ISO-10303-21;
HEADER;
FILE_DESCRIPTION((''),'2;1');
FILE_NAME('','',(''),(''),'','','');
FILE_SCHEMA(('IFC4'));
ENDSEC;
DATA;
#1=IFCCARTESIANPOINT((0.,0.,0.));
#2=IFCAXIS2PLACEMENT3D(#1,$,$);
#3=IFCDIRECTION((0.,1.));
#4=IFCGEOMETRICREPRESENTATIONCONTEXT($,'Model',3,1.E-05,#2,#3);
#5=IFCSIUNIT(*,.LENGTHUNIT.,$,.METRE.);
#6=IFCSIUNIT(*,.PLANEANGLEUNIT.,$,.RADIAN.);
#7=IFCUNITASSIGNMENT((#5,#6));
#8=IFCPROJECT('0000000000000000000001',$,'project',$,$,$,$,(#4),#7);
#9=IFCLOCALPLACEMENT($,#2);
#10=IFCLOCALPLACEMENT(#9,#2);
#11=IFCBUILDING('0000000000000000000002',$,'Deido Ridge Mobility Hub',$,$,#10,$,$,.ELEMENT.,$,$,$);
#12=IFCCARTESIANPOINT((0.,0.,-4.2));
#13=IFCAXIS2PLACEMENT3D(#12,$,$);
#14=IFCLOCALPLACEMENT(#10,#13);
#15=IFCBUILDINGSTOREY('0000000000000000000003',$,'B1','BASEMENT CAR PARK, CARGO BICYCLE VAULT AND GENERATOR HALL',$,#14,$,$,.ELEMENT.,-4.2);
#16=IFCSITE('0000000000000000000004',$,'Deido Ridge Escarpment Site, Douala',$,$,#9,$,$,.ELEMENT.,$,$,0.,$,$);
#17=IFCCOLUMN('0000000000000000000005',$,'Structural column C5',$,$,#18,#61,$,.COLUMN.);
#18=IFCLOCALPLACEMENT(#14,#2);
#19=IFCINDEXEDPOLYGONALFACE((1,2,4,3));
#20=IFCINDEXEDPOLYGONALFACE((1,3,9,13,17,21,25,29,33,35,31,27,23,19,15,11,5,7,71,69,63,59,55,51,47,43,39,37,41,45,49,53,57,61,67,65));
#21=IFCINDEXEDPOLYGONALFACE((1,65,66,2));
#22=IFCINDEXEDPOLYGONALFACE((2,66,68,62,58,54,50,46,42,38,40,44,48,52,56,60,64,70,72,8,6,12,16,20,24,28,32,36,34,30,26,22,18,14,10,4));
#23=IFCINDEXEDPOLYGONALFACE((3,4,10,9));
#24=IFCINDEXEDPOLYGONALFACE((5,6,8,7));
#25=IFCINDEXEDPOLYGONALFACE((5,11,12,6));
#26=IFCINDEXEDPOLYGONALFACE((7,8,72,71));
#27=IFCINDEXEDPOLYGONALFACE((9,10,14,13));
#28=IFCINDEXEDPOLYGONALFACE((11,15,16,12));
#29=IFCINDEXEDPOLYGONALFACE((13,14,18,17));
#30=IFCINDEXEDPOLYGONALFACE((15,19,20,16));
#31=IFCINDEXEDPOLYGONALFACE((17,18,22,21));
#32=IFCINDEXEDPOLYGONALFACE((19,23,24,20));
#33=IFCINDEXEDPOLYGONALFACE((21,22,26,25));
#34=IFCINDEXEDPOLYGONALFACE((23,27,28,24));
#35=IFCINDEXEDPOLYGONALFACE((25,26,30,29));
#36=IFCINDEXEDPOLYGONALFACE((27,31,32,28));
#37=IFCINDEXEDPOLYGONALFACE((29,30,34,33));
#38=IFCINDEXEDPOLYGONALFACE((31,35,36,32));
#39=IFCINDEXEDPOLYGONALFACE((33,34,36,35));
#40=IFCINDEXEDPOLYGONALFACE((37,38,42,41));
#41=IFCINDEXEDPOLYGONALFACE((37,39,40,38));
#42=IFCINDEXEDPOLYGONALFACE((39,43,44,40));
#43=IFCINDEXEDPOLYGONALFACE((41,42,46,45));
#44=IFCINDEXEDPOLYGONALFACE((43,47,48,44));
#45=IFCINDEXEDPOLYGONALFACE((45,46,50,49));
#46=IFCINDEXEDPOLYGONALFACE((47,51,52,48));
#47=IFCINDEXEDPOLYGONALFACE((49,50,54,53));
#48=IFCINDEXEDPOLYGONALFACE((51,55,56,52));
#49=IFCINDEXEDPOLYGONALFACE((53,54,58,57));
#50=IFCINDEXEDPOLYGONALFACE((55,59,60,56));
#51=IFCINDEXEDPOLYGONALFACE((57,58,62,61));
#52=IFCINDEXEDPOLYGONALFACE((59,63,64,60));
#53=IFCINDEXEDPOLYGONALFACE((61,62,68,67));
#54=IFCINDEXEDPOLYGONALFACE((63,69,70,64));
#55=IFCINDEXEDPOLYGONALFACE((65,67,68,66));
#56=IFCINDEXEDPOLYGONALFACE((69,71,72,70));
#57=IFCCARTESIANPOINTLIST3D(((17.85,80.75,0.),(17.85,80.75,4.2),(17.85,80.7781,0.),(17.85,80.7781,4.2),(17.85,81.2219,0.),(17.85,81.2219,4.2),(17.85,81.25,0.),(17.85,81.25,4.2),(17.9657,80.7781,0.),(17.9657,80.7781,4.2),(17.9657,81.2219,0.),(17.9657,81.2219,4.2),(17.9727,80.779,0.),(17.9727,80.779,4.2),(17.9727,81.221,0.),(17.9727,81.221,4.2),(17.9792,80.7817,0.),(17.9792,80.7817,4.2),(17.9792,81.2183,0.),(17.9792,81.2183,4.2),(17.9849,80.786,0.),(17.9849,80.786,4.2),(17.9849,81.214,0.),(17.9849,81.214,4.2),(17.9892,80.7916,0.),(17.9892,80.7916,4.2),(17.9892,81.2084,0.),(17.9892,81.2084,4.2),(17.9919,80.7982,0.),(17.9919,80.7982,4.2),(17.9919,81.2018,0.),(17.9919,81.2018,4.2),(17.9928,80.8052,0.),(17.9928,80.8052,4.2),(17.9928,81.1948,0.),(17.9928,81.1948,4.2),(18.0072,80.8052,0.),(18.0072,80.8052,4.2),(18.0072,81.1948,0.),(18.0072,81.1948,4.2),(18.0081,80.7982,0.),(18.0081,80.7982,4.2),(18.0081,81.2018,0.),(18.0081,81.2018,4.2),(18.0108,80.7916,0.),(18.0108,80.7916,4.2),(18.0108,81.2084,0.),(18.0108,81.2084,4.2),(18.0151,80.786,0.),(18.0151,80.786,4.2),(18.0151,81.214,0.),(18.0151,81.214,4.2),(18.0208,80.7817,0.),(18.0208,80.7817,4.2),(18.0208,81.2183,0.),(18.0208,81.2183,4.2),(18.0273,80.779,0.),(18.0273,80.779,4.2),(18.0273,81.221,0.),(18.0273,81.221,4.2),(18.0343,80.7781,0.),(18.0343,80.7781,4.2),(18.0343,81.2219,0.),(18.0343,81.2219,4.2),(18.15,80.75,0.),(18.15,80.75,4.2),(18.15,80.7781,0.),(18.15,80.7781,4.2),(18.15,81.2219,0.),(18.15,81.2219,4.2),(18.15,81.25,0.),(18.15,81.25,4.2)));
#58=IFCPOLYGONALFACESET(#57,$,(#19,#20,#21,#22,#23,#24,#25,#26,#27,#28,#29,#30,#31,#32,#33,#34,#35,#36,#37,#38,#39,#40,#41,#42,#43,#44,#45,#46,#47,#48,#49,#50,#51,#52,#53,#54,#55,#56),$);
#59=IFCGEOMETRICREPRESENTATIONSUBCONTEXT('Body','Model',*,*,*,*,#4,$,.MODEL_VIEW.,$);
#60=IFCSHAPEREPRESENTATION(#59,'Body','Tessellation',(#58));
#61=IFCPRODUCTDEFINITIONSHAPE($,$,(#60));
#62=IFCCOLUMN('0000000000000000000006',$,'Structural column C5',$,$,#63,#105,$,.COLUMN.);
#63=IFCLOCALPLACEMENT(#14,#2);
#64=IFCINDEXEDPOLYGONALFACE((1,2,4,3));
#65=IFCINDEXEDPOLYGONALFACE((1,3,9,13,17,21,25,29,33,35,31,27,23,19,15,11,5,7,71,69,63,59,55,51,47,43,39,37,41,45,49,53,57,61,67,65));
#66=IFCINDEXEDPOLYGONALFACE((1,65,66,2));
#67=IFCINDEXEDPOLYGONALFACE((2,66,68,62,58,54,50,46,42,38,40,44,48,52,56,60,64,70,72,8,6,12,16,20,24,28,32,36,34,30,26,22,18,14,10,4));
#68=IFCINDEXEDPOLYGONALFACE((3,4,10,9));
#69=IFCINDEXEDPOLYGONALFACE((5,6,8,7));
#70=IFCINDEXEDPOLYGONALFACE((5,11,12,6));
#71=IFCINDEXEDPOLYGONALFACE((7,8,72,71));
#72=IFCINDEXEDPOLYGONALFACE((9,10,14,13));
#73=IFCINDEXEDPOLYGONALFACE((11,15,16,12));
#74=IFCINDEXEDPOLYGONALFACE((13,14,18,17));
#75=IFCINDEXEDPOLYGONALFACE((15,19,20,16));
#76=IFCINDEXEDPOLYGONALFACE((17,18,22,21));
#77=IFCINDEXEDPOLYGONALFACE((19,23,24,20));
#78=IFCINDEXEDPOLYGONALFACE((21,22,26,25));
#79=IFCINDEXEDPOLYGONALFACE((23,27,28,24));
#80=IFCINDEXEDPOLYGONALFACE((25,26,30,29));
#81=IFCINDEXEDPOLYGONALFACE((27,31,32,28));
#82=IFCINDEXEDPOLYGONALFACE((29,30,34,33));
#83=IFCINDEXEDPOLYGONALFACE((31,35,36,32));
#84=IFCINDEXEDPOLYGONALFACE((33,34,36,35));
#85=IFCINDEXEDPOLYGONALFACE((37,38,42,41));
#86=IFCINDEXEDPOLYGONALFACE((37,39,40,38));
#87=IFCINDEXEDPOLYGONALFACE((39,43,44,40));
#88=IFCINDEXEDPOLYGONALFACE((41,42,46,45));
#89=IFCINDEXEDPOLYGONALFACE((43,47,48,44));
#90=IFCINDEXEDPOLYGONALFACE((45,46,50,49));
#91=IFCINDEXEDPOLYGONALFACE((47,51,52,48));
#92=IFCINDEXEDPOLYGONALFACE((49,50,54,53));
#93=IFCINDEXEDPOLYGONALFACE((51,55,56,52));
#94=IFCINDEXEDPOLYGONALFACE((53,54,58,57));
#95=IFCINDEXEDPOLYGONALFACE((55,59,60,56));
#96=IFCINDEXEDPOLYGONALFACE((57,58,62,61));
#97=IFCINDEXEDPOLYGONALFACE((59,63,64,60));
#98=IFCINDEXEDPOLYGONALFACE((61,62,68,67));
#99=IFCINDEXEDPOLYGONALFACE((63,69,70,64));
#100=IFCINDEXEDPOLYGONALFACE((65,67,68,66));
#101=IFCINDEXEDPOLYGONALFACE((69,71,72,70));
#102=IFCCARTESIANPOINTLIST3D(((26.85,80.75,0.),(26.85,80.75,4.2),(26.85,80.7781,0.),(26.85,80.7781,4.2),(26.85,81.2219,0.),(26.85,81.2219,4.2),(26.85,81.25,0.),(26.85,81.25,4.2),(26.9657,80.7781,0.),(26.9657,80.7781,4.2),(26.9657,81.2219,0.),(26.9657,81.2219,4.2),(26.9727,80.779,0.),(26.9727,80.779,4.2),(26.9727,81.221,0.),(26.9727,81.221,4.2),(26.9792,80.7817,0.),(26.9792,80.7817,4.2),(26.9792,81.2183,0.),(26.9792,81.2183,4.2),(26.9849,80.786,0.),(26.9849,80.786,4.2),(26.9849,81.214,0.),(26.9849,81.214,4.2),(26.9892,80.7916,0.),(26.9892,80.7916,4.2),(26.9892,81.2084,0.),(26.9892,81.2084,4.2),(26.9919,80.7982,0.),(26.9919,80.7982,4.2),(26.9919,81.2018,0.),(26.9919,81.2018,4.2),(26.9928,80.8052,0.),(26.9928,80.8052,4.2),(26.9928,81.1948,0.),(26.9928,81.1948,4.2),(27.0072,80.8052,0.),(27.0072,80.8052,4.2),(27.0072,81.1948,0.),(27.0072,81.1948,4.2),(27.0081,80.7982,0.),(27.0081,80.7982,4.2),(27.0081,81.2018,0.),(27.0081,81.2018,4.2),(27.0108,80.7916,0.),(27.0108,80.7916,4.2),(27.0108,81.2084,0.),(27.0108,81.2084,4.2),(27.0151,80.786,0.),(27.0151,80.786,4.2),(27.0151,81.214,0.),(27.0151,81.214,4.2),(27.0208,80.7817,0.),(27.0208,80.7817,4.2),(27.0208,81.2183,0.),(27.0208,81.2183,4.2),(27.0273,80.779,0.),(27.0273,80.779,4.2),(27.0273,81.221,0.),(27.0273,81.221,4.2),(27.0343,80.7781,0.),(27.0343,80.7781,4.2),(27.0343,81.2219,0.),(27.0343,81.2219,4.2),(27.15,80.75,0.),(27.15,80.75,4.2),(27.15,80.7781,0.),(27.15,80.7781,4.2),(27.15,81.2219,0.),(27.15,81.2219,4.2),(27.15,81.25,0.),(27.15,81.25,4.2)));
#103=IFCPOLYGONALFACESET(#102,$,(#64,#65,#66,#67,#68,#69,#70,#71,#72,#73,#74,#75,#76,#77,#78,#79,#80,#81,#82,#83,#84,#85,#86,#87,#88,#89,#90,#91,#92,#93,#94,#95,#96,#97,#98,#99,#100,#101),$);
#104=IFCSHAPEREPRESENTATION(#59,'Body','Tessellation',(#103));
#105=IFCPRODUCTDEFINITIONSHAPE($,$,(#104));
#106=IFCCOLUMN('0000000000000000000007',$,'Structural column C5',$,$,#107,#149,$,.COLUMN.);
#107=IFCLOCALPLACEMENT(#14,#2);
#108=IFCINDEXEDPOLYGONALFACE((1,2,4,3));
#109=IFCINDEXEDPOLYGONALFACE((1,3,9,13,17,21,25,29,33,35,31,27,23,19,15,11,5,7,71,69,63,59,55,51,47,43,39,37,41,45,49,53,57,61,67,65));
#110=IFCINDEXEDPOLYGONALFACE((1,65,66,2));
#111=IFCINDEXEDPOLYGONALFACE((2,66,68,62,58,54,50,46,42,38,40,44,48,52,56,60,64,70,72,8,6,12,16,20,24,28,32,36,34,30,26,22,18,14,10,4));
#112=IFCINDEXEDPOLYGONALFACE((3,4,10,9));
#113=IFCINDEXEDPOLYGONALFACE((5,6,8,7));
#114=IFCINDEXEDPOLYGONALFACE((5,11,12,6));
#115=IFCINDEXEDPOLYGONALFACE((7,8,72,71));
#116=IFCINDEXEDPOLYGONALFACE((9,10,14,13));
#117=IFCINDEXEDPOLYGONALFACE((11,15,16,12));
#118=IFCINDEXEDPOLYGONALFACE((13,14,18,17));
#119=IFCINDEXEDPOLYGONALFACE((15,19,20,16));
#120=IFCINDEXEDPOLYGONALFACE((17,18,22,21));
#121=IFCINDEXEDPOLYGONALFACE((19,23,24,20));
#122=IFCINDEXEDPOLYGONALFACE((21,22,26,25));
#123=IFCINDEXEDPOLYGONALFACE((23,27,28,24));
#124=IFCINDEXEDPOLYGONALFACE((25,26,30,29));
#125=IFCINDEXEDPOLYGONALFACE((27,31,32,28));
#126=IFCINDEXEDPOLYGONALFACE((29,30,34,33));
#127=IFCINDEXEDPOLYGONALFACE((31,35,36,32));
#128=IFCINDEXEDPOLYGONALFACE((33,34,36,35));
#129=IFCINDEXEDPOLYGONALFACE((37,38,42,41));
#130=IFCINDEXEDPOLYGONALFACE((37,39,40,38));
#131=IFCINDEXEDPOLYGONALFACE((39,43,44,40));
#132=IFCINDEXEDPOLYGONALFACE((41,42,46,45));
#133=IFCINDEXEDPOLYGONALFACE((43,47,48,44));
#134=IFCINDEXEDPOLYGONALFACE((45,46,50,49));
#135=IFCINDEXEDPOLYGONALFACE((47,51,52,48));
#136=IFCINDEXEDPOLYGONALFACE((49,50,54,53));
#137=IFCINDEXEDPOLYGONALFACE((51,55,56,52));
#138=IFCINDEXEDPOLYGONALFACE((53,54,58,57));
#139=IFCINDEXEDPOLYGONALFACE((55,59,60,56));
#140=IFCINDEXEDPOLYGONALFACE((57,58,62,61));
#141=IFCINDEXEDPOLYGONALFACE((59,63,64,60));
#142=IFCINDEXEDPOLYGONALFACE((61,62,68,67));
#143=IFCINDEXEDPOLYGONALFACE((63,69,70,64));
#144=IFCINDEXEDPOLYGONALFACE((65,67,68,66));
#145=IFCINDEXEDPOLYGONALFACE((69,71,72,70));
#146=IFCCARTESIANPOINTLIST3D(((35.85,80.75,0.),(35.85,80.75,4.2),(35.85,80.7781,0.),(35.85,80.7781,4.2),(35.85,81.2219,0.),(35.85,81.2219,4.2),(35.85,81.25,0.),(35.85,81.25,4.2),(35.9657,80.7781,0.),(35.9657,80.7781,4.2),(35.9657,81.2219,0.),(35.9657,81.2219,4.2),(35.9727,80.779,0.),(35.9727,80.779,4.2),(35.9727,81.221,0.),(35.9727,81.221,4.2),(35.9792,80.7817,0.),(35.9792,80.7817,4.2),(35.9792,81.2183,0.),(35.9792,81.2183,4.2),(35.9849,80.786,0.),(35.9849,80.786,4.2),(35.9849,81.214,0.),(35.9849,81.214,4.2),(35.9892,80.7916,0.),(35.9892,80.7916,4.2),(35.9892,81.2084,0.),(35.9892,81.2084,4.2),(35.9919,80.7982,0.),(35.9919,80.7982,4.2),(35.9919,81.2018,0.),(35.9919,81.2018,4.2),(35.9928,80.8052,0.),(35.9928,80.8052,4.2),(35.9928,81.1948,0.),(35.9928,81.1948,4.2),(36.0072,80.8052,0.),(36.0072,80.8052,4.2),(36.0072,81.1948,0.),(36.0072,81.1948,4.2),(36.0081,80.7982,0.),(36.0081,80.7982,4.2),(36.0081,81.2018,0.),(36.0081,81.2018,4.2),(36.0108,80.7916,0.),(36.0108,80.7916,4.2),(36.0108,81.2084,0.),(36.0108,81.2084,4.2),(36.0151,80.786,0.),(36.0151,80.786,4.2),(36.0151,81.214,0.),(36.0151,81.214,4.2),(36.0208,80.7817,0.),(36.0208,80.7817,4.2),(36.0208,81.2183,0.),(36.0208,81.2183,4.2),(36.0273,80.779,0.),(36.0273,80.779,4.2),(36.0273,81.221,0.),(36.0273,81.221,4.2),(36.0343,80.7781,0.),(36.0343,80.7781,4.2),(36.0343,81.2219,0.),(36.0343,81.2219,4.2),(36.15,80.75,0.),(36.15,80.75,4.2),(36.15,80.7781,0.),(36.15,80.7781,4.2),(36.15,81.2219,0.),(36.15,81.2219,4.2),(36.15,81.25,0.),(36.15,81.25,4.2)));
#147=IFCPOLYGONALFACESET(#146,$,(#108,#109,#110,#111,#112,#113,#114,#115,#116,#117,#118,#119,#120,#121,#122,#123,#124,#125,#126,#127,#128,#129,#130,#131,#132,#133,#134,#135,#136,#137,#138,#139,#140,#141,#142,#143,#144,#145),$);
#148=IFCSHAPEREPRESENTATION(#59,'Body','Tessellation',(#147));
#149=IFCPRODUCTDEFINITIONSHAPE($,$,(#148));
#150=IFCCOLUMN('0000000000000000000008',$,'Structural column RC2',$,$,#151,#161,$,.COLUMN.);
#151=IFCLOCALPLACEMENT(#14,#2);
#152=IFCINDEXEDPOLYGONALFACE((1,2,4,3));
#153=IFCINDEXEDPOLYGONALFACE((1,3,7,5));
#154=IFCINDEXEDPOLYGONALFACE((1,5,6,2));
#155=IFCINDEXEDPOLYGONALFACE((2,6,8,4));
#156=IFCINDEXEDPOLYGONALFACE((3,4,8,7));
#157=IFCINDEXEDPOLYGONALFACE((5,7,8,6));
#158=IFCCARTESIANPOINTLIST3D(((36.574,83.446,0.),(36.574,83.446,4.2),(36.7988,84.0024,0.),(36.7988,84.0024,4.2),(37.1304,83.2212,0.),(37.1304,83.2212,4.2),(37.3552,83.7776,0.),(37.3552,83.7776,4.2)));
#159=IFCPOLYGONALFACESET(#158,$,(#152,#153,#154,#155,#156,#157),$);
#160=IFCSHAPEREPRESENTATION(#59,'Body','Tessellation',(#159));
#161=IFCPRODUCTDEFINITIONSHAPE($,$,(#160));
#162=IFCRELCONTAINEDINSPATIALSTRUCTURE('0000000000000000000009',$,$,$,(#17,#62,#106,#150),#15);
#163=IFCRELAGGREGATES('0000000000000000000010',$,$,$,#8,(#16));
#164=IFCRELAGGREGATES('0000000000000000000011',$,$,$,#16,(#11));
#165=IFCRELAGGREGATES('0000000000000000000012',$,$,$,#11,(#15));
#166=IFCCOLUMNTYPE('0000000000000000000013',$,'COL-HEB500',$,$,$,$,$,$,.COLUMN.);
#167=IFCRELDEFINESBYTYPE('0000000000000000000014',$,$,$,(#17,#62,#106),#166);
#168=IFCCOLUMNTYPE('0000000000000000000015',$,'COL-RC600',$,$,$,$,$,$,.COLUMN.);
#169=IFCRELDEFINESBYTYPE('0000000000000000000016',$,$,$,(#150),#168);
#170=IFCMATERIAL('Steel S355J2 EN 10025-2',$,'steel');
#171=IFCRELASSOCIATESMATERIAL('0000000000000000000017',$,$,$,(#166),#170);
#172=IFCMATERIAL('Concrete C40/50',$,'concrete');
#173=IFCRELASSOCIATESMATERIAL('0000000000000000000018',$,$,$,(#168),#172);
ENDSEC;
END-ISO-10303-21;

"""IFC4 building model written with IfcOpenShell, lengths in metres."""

from ifc_helpers import new_model, si_unit, direction, frame, origin, origin_2d, place, context, subcontext, project, spatial, rectangle, i_section, extrude, material, material_profile, profile_set, type_object, element, save


model = new_model("IFC4")

# Units and contexts
model_context = context("Model", 3, precision=1e-05, world=origin(), true_north=direction((0.0, 1.0)))
body_context = subcontext(model_context, "Body", "Model", "MODEL_VIEW")
ifc_project = project(units=[si_unit("LENGTHUNIT", "METRE"), si_unit("PLANEANGLEUNIT", "RADIAN")], contexts=[model_context])

# Site, building, storey
site_placement = place(None, origin())
site = spatial("IfcSite", under=ifc_project, at=site_placement, Name="Deido Ridge Escarpment Site, Douala", CompositionType="ELEMENT", RefElevation=0.0)
building_placement = place(site_placement, origin())
building = spatial("IfcBuilding", under=site, at=building_placement, Name="Deido Ridge Mobility Hub", CompositionType="ELEMENT")
storey_placement = place(building_placement, frame((0.0, 0.0, -4.2)))
storey = spatial("IfcBuildingStorey", under=building, at=storey_placement, Name="B1", Description="BASEMENT CAR PARK, CARGO BICYCLE VAULT AND GENERATOR HALL", CompositionType="ELEMENT", Elevation=-4.2)

# Shared definitions
ifc_material_1 = material(Name="Concrete C40/50", Category="concrete")

# Columns
ifc_material_2 = material(Name="Steel S355J2 EN 10025-2", Category="steel")
ifc_material_profile_1 = material_profile(ifc_material_2, i_section(OverallWidth=0.3, OverallDepth=0.5, WebThickness=0.0144, FlangeThickness=0.0281, FilletRadius=0.0271, at=origin_2d()), Name="HEB 500")
ifc_profile_set_1 = profile_set([ifc_material_profile_1], Name="Steel S355J2 EN 10025-2")
column_type_1 = type_object("IfcColumnType", Name="COL-HEB500", PredefinedType="COLUMN", material=ifc_profile_set_1)
for number, where, z_axis, x_axis, name in (
    (1, (18.0, 81.0, 0.0), (0.0, 0.0, 1.0), (1.0, 0.0, 0.0), "Structural column C5"),
    (2, (27.0, 81.0, 0.0), (0.0, 0.0, 1.0), (1.0, 0.0, 0.0), "Structural column C5"),
    (3, (36.0, 81.0, 0.0), (0.0, 0.0, 1.0), (1.0, 0.0, 0.0), "Structural column C5"),
):
    element("IfcColumn", number, at=place(storey_placement, frame(where, z_axis=z_axis, x_axis=x_axis)), inside=storey, type_object=column_type_1, Name=name, PredefinedType="COLUMN", context=body_context, shape_type="SweptSolid", body=[
        extrude(i_section(OverallWidth=0.3, OverallDepth=0.5, WebThickness=0.0144, FlangeThickness=0.0281, FilletRadius=0.0271, at=origin_2d()), origin(), (0.0, 0.0, 1.0), 4.2),
    ])
ifc_material_profile_2 = material_profile(ifc_material_1, rectangle(XDim=0.6001, YDim=0.6001, at=origin_2d()), Name="RC COL 600x600")
ifc_profile_set_2 = profile_set([ifc_material_profile_2], Name="Concrete C40/50")
column_type_2 = type_object("IfcColumnType", Name="COL-RC600", PredefinedType="COLUMN", material=ifc_profile_set_2)
column_placement = place(storey_placement, frame((36.9646, 83.6118, 0.0), z_axis=(0.0, 0.0, 1.0), x_axis=(-0.374607, -0.927184, 0.0)))
element("IfcColumn", 4, at=column_placement, inside=storey, type_object=column_type_2, Name="Structural column RC2", PredefinedType="COLUMN", context=body_context, shape_type="SweptSolid", body=[
    extrude(rectangle(XDim=0.6001, YDim=0.6001, at=origin_2d()), origin(), (0.0, 0.0, 1.0), 4.2),
])

save(model, "model.ifc")
